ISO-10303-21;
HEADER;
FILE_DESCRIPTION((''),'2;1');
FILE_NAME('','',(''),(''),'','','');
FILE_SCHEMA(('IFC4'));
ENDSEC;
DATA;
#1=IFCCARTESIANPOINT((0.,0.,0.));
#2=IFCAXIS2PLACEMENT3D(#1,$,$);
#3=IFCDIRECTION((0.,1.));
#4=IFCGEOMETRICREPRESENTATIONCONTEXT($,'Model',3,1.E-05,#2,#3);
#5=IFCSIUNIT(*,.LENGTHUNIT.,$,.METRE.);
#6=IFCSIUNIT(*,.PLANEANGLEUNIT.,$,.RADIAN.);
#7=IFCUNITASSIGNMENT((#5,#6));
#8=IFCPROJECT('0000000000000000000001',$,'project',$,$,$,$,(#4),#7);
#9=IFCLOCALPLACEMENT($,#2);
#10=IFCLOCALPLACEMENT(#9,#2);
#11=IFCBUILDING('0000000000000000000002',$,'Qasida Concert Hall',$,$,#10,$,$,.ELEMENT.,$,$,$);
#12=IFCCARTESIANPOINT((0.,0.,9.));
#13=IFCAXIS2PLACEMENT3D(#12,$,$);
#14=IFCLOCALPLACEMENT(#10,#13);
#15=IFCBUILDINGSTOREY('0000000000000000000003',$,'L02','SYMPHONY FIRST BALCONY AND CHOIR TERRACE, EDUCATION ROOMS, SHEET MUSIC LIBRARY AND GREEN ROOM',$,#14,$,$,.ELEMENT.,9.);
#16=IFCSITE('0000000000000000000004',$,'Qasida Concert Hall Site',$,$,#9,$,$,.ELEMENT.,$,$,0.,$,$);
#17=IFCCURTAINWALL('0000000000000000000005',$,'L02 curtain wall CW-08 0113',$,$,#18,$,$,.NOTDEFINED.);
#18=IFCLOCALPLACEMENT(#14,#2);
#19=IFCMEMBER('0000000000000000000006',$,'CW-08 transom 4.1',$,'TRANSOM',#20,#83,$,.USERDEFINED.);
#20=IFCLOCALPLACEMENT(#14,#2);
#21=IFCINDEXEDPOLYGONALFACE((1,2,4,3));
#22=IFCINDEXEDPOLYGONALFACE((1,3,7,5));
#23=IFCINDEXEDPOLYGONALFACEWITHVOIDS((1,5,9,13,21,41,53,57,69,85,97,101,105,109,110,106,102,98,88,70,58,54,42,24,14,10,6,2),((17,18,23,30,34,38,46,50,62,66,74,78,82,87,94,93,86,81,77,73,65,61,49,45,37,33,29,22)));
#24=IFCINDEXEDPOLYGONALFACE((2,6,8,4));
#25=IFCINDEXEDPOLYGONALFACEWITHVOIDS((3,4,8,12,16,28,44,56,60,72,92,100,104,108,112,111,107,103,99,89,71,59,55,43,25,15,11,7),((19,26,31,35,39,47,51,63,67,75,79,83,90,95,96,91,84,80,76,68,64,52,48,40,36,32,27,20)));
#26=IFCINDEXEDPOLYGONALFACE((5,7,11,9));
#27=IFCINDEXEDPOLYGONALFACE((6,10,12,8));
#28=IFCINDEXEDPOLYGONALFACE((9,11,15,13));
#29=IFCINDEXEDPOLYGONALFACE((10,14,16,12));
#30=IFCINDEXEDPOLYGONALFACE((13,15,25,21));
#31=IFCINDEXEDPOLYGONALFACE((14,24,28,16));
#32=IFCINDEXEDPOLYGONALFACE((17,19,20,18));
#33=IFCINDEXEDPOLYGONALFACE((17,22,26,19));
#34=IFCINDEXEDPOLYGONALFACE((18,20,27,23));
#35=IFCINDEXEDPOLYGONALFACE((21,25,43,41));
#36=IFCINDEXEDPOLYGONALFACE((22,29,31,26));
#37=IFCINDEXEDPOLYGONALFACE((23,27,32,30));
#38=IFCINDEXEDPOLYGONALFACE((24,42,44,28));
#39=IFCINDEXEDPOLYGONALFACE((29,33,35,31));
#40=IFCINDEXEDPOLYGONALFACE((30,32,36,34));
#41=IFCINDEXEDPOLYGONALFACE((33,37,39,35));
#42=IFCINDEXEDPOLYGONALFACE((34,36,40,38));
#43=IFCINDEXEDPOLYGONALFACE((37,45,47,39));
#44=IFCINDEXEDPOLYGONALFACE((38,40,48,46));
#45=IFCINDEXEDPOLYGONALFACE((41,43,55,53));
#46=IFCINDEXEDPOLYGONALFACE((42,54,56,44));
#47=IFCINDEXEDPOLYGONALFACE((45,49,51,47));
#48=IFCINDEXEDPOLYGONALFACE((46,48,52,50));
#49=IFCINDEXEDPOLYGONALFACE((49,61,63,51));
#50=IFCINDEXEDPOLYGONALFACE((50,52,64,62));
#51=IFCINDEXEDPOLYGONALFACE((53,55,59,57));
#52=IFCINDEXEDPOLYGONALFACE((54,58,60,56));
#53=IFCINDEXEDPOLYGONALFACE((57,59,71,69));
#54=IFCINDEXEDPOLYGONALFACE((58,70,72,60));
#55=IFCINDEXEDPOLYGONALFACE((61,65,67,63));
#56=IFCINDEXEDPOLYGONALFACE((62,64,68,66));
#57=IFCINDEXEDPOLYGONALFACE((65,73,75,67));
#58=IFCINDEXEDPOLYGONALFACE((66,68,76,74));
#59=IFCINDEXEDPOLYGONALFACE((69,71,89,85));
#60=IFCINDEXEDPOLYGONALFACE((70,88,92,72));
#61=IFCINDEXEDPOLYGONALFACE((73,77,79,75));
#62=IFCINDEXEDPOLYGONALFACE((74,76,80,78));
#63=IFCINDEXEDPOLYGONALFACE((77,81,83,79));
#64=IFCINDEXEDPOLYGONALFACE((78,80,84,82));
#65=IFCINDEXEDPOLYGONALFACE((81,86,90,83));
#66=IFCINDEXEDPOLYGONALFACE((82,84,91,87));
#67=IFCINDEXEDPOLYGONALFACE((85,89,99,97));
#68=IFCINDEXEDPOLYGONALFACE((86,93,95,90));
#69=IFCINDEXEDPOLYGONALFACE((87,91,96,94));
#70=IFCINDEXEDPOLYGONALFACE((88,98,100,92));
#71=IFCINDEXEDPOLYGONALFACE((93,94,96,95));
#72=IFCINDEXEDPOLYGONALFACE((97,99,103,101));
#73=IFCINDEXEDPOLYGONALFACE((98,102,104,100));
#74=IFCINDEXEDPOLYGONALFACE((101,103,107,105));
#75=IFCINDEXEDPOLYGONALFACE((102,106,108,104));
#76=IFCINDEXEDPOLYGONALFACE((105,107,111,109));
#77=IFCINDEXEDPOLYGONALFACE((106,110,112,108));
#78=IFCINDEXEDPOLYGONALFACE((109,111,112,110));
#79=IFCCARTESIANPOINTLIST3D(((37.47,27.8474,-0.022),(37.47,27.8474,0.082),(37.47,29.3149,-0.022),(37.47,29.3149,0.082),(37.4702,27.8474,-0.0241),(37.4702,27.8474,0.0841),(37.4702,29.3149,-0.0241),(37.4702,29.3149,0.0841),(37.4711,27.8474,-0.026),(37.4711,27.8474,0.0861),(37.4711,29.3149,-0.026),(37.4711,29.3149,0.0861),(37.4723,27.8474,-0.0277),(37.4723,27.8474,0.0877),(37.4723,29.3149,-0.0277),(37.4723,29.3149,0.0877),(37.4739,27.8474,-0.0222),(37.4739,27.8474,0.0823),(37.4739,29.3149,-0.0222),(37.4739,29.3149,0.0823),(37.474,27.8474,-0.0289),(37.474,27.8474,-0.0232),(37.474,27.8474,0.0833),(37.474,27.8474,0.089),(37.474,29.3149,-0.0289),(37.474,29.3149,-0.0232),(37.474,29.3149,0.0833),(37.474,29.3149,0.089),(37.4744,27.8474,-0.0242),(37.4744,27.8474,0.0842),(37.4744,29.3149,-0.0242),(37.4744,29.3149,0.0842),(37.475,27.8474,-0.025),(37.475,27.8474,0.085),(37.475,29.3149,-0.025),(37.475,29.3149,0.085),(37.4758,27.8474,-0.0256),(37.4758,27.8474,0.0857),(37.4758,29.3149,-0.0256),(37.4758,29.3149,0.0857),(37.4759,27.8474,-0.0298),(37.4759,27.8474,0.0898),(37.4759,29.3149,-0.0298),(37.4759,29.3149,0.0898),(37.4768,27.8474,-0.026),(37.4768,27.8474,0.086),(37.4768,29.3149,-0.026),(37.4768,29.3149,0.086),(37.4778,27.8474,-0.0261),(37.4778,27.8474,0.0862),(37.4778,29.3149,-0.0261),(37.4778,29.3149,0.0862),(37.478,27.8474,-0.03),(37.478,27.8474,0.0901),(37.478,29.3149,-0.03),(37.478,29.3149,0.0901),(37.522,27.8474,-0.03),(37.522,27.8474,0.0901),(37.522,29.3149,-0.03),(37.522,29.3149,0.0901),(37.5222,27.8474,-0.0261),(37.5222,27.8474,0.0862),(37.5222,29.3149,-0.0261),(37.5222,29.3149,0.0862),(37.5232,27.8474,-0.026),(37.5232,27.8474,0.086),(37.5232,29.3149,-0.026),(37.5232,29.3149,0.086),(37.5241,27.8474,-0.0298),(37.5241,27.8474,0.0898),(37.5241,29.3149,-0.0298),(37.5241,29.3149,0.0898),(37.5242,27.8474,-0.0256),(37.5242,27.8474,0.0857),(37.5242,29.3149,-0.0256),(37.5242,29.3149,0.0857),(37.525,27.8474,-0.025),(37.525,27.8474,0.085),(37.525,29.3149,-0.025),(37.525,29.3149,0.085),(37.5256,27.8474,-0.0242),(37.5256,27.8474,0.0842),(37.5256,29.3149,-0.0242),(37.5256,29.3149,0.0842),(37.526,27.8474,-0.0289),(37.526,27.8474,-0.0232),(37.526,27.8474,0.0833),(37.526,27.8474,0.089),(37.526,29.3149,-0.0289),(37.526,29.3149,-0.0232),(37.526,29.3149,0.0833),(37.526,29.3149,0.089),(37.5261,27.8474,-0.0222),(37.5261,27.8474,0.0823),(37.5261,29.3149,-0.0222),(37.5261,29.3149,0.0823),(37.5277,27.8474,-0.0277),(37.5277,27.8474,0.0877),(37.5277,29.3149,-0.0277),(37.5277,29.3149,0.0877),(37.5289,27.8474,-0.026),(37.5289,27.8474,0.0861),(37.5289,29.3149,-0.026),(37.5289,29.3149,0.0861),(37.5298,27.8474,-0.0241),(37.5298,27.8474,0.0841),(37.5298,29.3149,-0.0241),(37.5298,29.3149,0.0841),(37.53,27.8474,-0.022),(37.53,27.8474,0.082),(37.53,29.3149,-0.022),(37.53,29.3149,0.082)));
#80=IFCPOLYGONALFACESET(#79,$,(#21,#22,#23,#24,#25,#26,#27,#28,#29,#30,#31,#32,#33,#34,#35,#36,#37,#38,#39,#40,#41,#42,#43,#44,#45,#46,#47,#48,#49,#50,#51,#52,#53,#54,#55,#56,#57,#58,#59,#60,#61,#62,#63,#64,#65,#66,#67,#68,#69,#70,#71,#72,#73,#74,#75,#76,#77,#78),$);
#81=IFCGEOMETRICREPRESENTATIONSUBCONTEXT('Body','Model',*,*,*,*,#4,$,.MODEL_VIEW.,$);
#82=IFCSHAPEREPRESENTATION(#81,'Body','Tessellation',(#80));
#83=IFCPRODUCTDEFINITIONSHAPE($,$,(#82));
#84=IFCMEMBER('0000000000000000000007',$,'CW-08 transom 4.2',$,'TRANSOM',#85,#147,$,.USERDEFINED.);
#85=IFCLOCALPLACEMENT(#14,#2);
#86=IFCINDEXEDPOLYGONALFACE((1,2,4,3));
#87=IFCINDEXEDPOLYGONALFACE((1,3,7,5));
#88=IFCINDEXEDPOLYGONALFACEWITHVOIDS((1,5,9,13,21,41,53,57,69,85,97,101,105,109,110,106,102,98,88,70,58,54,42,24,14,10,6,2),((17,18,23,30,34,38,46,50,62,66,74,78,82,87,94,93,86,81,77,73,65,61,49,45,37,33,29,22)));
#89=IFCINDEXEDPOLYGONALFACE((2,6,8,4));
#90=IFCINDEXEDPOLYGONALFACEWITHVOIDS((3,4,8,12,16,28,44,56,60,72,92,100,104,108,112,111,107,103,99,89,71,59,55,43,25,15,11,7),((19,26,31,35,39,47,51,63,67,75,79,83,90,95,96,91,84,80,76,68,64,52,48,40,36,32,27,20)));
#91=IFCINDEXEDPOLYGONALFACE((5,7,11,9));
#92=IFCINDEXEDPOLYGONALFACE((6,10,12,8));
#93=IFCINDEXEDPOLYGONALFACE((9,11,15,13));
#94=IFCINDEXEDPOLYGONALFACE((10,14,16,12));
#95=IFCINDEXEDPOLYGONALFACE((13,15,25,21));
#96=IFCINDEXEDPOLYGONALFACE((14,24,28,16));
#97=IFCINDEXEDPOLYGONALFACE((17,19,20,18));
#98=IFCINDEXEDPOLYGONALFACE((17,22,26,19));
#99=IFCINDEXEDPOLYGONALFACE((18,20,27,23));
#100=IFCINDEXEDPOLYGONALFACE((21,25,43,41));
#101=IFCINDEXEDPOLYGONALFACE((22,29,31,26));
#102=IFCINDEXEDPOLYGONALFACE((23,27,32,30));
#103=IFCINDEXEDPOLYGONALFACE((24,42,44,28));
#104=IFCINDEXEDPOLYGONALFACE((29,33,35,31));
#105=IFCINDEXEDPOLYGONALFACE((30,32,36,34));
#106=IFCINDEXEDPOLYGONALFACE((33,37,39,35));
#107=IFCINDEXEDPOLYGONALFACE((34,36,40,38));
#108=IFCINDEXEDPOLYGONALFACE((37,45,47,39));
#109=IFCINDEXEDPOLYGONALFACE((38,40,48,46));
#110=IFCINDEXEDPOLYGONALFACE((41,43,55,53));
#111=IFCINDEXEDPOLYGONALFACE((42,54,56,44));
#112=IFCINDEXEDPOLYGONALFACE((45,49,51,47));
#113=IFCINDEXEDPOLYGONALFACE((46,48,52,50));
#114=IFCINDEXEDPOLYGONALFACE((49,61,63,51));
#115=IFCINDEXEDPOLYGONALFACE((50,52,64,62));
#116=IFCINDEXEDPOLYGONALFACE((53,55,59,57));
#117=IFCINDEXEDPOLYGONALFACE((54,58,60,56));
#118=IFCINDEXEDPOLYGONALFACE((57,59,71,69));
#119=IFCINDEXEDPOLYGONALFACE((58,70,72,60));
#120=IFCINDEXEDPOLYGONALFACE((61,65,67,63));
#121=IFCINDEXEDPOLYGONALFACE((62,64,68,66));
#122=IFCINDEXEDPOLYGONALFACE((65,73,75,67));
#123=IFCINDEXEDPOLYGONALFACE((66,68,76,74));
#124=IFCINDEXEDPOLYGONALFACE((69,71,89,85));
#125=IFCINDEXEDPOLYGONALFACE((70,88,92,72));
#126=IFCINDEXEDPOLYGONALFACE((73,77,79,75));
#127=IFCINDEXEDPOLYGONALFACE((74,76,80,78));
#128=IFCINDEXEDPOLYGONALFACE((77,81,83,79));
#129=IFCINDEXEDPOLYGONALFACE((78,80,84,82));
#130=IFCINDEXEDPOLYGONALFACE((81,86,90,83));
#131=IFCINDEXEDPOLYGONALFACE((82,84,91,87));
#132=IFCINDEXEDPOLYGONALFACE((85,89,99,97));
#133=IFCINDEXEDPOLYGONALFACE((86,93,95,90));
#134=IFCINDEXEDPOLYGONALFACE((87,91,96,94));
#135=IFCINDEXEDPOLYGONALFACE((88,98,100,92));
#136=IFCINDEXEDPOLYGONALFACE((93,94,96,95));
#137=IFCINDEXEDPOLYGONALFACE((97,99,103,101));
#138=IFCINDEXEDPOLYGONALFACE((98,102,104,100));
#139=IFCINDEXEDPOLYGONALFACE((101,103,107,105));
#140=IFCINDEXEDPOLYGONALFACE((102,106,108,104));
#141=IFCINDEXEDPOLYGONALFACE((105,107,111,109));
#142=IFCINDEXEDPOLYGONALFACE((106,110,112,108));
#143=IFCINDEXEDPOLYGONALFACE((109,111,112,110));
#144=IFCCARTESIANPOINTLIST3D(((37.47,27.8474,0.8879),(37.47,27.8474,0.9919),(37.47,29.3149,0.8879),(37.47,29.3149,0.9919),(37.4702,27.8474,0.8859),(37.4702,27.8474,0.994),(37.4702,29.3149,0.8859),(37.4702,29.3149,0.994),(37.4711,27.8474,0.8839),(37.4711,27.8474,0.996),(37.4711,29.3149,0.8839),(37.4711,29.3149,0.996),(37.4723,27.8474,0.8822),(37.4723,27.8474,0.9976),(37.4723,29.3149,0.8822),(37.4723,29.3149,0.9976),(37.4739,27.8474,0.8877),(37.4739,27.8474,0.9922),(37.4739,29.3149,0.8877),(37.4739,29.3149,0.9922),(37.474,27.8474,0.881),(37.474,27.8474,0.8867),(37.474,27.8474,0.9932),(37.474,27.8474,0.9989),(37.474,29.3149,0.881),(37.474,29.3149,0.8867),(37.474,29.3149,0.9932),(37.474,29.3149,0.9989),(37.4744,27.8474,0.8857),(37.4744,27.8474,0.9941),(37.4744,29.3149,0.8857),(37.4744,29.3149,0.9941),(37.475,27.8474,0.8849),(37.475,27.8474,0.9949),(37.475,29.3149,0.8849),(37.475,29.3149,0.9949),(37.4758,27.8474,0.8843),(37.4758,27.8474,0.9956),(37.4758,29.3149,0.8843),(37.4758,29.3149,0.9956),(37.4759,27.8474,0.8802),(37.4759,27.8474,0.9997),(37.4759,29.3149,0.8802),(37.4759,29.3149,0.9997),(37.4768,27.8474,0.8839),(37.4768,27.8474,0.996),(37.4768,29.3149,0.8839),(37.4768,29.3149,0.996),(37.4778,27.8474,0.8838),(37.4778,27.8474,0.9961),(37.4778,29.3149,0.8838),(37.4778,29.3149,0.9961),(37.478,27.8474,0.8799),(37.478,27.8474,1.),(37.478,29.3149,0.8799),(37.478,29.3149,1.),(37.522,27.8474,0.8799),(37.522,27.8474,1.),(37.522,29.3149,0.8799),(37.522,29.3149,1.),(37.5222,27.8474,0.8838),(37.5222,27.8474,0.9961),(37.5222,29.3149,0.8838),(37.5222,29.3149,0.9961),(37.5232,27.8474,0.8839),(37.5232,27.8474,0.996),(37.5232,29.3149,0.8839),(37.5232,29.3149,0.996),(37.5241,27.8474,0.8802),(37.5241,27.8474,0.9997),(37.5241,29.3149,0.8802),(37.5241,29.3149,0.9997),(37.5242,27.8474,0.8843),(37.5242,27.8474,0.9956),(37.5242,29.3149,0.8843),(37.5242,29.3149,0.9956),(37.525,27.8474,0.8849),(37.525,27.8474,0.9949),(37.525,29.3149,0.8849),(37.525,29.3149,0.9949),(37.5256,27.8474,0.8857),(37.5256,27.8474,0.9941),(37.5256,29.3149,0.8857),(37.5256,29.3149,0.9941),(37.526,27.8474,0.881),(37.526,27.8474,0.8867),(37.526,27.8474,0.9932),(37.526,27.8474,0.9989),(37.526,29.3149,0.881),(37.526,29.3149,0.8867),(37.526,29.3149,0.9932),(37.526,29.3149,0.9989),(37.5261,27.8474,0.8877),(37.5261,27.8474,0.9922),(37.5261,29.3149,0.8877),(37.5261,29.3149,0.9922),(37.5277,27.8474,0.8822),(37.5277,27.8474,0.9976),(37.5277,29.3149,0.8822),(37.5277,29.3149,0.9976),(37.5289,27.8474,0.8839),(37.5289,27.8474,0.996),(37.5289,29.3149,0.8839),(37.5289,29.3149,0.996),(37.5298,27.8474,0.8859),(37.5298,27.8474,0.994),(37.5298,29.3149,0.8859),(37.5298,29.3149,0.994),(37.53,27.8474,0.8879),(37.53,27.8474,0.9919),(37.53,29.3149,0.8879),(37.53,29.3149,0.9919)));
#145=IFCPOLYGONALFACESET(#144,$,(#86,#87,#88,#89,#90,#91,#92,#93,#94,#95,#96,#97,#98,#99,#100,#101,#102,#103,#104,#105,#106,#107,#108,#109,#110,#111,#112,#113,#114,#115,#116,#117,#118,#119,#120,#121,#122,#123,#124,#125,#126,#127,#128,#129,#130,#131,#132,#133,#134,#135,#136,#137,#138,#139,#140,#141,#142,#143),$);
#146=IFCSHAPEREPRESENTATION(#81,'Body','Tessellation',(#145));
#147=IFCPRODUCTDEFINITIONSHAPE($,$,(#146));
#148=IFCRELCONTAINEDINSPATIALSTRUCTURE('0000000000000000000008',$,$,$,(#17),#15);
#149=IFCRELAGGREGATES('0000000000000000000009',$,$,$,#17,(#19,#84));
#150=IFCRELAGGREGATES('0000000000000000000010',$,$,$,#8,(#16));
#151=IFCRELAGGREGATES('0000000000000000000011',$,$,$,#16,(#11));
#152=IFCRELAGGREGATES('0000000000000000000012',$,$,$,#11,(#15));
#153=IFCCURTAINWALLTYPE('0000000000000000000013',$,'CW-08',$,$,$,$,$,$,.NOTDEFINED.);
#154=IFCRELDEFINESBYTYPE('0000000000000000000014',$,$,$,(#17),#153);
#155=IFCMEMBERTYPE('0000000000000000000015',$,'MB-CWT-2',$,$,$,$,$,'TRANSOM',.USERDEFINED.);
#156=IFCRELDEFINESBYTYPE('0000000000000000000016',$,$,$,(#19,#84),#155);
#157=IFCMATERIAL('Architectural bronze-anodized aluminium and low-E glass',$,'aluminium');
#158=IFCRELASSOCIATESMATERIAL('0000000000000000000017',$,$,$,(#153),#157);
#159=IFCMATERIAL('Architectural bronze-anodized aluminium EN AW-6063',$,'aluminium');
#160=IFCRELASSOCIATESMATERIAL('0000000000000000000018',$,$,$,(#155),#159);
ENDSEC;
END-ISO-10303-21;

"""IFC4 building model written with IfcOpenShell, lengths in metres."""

from ifc_helpers import new_model, si_unit, direction, frame, origin, origin_2d, place, context, subcontext, project, spatial, hollow_rectangle, extrude, material, material_profile, profile_set, type_object, element, aggregate, save


model = new_model("IFC4")

# Units and contexts
model_context = context("Model", 3, precision=1e-05, world=origin(), true_north=direction((0.0, 1.0)))
body_context = subcontext(model_context, "Body", "Model", "MODEL_VIEW")
ifc_project = project(units=[si_unit("LENGTHUNIT", "METRE"), si_unit("PLANEANGLEUNIT", "RADIAN")], contexts=[model_context])

# Site, building, storey
site_placement = place(None, origin())
site = spatial("IfcSite", under=ifc_project, at=site_placement, Name="Qasida Concert Hall Site", CompositionType="ELEMENT", RefElevation=0.0)
building_placement = place(site_placement, origin())
building = spatial("IfcBuilding", under=site, at=building_placement, Name="Qasida Concert Hall", CompositionType="ELEMENT")
storey_placement = place(building_placement, frame((0.0, 0.0, 9.0)))
storey = spatial("IfcBuildingStorey", under=building, at=storey_placement, Name="L02", Description="SYMPHONY FIRST BALCONY AND CHOIR TERRACE, EDUCATION ROOMS, SHEET MUSIC LIBRARY AND GREEN ROOM", CompositionType="ELEMENT", Elevation=9.0)

# Curtain wall
ifc_material_1 = material(Name="Architectural bronze-anodized aluminium and low-E glass", Category="aluminium")
curtain_wall_type = type_object("IfcCurtainWallType", Name="CW-08", PredefinedType="NOTDEFINED", material=ifc_material_1)
curtain_wall_1_placement = place(storey_placement, origin())
curtain_wall_1 = element("IfcCurtainWall", 1, at=curtain_wall_1_placement, inside=storey, type_object=curtain_wall_type, Name="L02 curtain wall CW-08 0113", PredefinedType="NOTDEFINED")
ifc_material_2 = material(Name="Architectural bronze-anodized aluminium EN AW-6063", Category="aluminium")

# Members
ifc_material_profile_1 = material_profile(ifc_material_2, hollow_rectangle(XDim=0.0601, YDim=0.1201, WallThickness=0.0039, InnerFilletRadius=0.0039, OuterFilletRadius=0.0081, at=origin_2d()), Name="CWT 120x60x4")
ifc_profile_set_1 = profile_set([ifc_material_profile_1], Name="Architectural bronze-anodized aluminium EN AW-6063")
member_type_1 = type_object("IfcMemberType", Name="MB-CWT-2", ElementType="TRANSOM", PredefinedType="USERDEFINED", material=ifc_profile_set_1)
member_1_placement = place(storey_placement, frame((37.5, 27.8474, 0.03), z_axis=(0.0, 1.0, 0.0), x_axis=(-1.0, 0.0, 0.0)))
member_1 = element("IfcMember", 2, at=member_1_placement, type_object=member_type_1, Name="CW-08 transom 4.1", ObjectType="TRANSOM", PredefinedType="USERDEFINED", context=body_context, shape_type="SweptSolid", body=[
    extrude(hollow_rectangle(XDim=0.0601, YDim=0.1201, WallThickness=0.0039, InnerFilletRadius=0.0039, OuterFilletRadius=0.0081, at=origin_2d()), origin(), (0.0, 0.0, 1.0), 1.4675),
])
member_2_placement = place(storey_placement, frame((37.5, 27.8474, 0.9399), z_axis=(0.0, 1.0, 0.0), x_axis=(-1.0, 0.0, 0.0)))
member_2 = element("IfcMember", 3, at=member_2_placement, type_object=member_type_1, Name="CW-08 transom 4.2", ObjectType="TRANSOM", PredefinedType="USERDEFINED", context=body_context, shape_type="SweptSolid", body=[
    extrude(hollow_rectangle(XDim=0.0601, YDim=0.1201, WallThickness=0.0039, InnerFilletRadius=0.0039, OuterFilletRadius=0.0081, at=origin_2d()), origin(), (0.0, 0.0, 1.0), 1.4675),
])

aggregate(curtain_wall_1, [member_1, member_2])

save(model, "model.ifc")
